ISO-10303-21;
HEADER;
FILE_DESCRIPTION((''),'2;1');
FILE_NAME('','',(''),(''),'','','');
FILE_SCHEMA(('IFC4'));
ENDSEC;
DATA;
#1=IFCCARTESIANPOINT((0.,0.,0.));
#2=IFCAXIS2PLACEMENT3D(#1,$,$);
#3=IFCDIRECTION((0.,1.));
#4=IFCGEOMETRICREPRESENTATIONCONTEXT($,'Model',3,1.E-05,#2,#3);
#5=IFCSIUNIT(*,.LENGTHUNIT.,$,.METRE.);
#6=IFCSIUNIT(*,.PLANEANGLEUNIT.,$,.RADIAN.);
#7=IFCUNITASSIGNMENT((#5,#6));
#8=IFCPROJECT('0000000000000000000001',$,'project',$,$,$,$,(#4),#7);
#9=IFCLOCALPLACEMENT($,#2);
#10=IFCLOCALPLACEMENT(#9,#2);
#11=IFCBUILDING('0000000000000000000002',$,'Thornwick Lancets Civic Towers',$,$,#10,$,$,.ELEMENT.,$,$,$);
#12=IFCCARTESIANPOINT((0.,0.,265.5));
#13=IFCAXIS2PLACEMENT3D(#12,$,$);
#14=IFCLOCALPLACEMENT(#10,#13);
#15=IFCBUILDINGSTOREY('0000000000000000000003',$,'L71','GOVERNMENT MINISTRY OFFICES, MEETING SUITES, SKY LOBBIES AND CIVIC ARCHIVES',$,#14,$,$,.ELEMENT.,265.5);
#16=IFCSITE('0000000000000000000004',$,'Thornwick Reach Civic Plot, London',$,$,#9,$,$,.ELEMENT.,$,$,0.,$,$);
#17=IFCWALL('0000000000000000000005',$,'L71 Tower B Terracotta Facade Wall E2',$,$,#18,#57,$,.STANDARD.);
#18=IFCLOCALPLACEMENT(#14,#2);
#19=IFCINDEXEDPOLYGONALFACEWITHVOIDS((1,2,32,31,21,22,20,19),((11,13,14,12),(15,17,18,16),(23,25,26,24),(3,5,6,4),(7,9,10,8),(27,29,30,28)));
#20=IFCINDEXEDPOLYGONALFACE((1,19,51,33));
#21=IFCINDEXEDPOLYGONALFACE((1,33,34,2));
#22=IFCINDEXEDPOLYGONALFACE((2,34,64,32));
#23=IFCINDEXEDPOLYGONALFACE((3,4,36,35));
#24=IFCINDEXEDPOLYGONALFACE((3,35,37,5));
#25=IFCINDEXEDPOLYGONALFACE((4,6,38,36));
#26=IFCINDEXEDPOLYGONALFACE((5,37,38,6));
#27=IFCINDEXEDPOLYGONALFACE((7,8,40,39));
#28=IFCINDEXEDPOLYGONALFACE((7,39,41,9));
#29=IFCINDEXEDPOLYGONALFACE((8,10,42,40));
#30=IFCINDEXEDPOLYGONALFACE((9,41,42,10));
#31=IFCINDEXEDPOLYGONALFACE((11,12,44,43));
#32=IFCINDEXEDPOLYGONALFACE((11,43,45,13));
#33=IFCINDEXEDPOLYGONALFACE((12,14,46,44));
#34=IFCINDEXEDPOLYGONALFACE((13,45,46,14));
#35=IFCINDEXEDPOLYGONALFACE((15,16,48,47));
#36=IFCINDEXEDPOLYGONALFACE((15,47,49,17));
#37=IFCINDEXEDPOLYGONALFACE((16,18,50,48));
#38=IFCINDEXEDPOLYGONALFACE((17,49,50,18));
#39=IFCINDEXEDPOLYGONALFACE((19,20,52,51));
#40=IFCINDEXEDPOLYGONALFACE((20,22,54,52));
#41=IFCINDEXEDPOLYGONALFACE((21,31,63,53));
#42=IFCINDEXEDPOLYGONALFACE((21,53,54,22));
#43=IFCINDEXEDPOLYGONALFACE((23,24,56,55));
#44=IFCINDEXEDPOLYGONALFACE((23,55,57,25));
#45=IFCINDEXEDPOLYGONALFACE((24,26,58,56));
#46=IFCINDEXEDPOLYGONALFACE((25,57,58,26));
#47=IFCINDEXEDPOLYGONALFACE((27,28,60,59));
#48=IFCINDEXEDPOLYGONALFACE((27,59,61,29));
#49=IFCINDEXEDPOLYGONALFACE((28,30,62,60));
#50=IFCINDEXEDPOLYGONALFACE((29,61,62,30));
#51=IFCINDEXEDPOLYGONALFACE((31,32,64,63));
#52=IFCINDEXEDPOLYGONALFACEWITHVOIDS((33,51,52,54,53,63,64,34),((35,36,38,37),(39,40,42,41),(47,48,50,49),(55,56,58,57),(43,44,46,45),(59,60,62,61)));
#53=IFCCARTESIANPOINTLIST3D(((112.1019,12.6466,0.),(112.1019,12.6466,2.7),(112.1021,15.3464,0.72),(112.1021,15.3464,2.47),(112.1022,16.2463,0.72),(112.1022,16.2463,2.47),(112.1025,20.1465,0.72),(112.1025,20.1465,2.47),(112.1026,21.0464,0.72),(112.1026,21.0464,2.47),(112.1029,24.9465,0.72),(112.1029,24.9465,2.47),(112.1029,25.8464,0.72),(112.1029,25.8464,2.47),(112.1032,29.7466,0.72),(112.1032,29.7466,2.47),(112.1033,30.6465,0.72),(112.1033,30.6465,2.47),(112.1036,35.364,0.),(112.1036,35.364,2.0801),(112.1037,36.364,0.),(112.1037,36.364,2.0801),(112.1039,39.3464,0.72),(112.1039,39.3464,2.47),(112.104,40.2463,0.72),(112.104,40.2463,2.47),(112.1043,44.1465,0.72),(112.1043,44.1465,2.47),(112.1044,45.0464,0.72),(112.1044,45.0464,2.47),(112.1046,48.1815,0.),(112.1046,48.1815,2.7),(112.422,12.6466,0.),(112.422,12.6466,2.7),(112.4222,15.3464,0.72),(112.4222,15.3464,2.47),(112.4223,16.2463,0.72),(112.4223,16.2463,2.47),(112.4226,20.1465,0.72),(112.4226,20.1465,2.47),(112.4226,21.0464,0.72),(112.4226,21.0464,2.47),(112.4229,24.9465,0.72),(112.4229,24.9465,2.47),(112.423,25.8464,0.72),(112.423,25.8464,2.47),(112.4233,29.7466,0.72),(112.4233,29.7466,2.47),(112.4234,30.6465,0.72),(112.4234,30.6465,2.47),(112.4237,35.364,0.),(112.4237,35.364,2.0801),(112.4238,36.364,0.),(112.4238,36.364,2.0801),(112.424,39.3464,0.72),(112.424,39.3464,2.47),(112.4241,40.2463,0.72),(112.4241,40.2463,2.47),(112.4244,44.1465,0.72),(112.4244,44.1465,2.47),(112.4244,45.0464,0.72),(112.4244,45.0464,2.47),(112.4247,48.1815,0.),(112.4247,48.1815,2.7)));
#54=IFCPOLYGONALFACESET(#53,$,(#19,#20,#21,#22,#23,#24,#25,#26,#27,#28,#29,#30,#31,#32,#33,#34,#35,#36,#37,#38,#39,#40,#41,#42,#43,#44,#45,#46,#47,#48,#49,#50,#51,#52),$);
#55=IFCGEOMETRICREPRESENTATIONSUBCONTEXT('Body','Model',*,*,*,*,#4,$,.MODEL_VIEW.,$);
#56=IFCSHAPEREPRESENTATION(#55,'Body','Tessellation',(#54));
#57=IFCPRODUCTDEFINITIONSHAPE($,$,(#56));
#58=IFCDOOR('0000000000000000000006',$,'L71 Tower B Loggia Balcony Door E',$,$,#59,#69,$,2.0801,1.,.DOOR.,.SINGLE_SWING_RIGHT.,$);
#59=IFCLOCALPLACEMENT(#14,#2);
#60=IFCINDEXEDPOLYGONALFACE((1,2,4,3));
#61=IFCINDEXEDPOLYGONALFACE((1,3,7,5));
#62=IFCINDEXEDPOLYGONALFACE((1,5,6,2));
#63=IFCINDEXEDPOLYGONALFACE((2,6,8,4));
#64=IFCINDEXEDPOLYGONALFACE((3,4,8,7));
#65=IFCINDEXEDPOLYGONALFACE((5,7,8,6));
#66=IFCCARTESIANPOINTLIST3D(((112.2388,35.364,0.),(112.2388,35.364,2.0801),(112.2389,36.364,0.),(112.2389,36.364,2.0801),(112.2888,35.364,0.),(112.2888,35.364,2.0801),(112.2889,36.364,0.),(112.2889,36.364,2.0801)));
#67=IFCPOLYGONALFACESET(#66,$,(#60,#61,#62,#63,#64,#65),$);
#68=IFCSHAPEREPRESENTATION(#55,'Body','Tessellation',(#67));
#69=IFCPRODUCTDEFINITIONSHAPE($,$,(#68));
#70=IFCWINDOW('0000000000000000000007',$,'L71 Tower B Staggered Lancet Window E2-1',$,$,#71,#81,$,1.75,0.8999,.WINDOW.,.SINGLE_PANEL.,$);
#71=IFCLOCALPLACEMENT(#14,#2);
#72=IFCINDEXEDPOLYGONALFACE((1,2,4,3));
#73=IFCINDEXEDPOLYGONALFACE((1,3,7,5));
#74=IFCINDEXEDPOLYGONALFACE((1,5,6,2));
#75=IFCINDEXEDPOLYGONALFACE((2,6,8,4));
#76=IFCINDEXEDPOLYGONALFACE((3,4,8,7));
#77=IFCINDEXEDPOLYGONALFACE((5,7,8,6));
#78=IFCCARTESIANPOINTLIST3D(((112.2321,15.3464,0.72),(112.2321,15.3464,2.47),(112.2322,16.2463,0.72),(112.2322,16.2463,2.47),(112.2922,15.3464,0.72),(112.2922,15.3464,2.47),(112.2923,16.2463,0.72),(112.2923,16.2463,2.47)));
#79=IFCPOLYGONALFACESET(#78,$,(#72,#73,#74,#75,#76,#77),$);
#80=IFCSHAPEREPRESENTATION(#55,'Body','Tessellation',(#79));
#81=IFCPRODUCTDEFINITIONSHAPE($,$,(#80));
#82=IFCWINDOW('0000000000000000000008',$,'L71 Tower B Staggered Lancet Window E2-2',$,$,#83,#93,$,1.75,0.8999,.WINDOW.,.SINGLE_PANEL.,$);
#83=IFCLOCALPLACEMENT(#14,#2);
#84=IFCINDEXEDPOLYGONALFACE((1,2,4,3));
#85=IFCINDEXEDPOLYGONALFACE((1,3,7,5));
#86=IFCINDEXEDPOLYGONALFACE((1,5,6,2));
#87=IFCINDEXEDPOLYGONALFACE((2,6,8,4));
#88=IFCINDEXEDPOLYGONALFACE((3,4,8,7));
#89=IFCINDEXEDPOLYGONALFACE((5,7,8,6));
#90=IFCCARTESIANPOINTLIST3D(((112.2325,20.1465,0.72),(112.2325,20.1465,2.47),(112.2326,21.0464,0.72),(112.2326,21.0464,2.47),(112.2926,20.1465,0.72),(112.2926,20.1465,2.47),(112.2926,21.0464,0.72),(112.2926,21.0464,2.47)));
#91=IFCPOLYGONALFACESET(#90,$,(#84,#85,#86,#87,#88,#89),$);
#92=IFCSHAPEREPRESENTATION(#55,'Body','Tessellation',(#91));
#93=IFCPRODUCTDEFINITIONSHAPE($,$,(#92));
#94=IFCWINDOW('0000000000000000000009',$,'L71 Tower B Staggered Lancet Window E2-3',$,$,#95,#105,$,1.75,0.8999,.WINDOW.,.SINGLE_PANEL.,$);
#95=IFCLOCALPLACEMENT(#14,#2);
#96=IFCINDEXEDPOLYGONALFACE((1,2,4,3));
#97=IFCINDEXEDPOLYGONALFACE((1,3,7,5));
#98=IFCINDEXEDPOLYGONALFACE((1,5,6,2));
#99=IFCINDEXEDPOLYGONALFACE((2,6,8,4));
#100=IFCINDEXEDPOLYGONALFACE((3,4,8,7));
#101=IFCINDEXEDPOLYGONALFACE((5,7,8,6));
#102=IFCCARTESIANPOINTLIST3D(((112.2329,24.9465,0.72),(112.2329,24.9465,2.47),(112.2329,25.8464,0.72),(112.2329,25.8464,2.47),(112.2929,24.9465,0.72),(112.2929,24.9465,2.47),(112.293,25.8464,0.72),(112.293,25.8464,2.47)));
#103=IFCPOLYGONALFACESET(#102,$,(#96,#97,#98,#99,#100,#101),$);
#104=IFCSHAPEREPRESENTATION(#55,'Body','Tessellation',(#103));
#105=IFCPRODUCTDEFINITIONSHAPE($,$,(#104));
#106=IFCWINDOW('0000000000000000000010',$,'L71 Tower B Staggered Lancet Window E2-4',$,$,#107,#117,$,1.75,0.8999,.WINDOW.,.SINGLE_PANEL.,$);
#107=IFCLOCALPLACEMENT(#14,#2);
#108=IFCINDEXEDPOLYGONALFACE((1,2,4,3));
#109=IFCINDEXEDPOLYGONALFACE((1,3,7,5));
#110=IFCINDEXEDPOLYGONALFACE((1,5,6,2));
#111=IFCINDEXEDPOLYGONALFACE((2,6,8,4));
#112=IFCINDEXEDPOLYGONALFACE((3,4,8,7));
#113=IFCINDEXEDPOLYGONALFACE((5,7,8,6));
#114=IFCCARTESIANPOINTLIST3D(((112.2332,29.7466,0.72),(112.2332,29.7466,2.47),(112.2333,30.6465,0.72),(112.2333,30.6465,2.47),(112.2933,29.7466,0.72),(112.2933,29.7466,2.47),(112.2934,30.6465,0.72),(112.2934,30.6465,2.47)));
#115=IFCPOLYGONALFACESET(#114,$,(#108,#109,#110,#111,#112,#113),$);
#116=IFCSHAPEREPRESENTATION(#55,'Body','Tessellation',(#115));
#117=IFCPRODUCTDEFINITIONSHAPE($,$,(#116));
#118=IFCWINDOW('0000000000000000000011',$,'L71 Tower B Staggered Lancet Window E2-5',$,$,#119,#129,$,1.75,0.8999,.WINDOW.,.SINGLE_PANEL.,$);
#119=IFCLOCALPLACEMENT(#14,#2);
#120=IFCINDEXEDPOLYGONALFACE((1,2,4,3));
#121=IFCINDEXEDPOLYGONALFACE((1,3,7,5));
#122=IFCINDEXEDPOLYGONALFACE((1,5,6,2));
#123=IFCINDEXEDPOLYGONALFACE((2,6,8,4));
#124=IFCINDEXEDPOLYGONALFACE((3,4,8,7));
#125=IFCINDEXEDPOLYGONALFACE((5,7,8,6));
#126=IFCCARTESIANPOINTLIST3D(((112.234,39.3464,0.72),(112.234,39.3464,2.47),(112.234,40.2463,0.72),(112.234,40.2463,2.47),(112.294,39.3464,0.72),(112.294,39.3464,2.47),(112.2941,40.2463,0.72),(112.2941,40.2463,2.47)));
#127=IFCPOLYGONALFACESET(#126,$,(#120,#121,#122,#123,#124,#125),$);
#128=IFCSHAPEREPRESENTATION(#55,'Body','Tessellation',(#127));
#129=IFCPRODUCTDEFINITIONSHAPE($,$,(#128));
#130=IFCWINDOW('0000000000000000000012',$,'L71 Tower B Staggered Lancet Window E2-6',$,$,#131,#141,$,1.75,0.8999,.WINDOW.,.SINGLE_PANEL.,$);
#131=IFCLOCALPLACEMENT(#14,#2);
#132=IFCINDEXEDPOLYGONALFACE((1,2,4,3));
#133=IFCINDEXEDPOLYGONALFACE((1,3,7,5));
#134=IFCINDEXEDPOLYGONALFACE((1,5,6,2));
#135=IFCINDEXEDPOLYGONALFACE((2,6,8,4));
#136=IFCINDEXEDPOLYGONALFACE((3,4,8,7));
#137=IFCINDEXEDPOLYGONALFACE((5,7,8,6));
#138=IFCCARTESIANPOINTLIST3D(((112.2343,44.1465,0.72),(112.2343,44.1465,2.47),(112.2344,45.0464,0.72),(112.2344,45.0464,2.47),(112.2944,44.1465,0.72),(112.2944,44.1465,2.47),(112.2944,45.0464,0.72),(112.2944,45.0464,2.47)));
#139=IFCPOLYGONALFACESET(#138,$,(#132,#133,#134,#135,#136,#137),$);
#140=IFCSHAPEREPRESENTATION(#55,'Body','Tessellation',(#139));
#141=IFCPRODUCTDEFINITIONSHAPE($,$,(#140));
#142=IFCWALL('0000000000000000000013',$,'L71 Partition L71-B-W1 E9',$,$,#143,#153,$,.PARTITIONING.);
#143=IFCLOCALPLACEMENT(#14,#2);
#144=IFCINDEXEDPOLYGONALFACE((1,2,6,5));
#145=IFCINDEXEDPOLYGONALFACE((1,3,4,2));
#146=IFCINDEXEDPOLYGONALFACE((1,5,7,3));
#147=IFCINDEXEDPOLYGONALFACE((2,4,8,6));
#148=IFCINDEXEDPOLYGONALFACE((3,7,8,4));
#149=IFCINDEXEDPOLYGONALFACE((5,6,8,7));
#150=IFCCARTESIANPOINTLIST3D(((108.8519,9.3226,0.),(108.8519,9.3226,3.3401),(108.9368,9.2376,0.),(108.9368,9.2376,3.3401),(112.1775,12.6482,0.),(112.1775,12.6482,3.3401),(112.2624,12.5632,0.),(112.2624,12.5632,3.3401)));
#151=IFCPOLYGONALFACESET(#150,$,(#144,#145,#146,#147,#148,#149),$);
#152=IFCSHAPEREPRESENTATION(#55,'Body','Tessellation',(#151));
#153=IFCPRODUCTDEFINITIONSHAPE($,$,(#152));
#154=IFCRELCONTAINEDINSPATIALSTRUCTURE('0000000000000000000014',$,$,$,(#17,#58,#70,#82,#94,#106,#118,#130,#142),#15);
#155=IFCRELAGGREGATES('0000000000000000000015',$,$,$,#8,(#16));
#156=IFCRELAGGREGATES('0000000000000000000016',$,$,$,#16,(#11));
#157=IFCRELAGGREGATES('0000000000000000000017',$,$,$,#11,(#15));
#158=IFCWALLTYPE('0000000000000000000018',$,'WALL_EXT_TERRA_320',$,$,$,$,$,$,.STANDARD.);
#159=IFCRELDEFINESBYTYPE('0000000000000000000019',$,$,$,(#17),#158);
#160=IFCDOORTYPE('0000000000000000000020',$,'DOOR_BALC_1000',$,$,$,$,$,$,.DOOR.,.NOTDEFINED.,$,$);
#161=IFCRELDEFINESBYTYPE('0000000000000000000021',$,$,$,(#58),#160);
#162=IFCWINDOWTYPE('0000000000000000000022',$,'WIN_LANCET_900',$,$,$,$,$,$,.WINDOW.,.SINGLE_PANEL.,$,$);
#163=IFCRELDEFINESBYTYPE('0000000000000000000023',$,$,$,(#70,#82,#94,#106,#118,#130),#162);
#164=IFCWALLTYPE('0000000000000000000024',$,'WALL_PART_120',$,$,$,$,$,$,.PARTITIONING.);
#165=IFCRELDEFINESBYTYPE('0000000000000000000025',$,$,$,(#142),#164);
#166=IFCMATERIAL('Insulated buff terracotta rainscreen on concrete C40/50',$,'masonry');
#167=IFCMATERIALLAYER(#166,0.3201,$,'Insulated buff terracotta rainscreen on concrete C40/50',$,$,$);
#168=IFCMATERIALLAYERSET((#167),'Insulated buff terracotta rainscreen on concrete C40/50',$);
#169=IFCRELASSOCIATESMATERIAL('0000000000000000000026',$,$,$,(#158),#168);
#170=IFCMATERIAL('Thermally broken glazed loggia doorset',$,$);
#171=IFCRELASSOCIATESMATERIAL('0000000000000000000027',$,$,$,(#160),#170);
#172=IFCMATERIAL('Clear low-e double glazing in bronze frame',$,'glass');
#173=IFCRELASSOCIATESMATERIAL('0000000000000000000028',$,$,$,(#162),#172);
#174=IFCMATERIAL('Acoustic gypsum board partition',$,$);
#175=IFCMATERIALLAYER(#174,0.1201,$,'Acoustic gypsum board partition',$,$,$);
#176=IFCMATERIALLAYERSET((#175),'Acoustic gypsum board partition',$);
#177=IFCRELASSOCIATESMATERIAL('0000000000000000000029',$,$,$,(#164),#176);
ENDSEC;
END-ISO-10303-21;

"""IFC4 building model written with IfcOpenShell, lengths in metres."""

from ifc_helpers import new_model, si_unit, direction, frame, frame_2d, origin, place, context, subcontext, project, spatial, rectangle, extrude, material, layer, layer_set, type_object, element, fill, save


model = new_model("IFC4")

# Units and contexts
model_context = context("Model", 3, precision=1e-05, world=origin(), true_north=direction((0.0, 1.0)))
body_context = subcontext(model_context, "Body", "Model", "MODEL_VIEW")
ifc_project = project(units=[si_unit("LENGTHUNIT", "METRE"), si_unit("PLANEANGLEUNIT", "RADIAN")], contexts=[model_context])

# Site, building, storey
site_placement = place(None, origin())
site = spatial("IfcSite", under=ifc_project, at=site_placement, Name="Thornwick Reach Civic Plot, London", CompositionType="ELEMENT", RefElevation=0.0)
building_placement = place(site_placement, origin())
building = spatial("IfcBuilding", under=site, at=building_placement, Name="Thornwick Lancets Civic Towers", CompositionType="ELEMENT")
storey_placement = place(building_placement, frame((0.0, 0.0, 265.5)))
storey = spatial("IfcBuildingStorey", under=building, at=storey_placement, Name="L71", Description="GOVERNMENT MINISTRY OFFICES, MEETING SUITES, SKY LOBBIES AND CIVIC ARCHIVES", CompositionType="ELEMENT", Elevation=265.5)

# Wall, openings, door, windows
ifc_material_1 = material(Name="Insulated buff terracotta rainscreen on concrete C40/50", Category="masonry")
ifc_layer_1 = layer(ifc_material_1, 0.3201, Name="Insulated buff terracotta rainscreen on concrete C40/50")
ifc_layer_set_1 = layer_set([ifc_layer_1], Name="Insulated buff terracotta rainscreen on concrete C40/50")
wall_type_1 = type_object("IfcWallType", Name="WALL_EXT_TERRA_320", PredefinedType="STANDARD", material=ifc_layer_set_1)
wall_1_placement = place(storey_placement, frame((112.262, 12.6465, 0.0), z_axis=(0.0, 0.0, 1.0), x_axis=(0.000076, 1.0, 0.0)))
wall_1 = element("IfcWall", 1, at=wall_1_placement, inside=storey, type_object=wall_type_1, Name="L71 Tower B Terracotta Facade Wall E2", PredefinedType="STANDARD", context=body_context, shape_type="SweptSolid", body=[
    extrude(rectangle(XDim=35.5349, YDim=0.3201, at=frame_2d((17.7676, 0.0))), origin(), (0.0, 0.0, 1.0), 2.7),
])
opening_1_placement = place(wall_1_placement, frame((22.7175, 0.0, 0.0)))
opening_1 = element("IfcOpeningElement", 2, at=opening_1_placement, cuts=wall_1, PredefinedType="OPENING", context=body_context, shape_type="SweptSolid", body=[
    extrude(rectangle(XDim=1.0, YDim=2.0801, at=frame_2d((0.5, 1.04))), frame((0.0, 0.1699, 0.0), z_axis=(0.0, -1.0, 0.0), x_axis=(1.0, 0.0, 0.0)), (0.0, 0.0, 1.0), 0.3401),
])
opening_2_placement = place(wall_1_placement, frame((2.7, 0.0, 0.72)))
opening_2 = element("IfcOpeningElement", 3, at=opening_2_placement, cuts=wall_1, PredefinedType="OPENING", context=body_context, shape_type="SweptSolid", body=[
    extrude(rectangle(XDim=0.8999, YDim=1.75, at=frame_2d((0.45, 0.875))), frame((0.0, 0.1699, 0.0), z_axis=(0.0, -1.0, 0.0), x_axis=(1.0, 0.0, 0.0)), (0.0, 0.0, 1.0), 0.3401),
])
opening_3_placement = place(wall_1_placement, frame((7.5, 0.0, 0.72)))
opening_3 = element("IfcOpeningElement", 4, at=opening_3_placement, cuts=wall_1, PredefinedType="OPENING", context=body_context, shape_type="SweptSolid", body=[
    extrude(rectangle(XDim=0.8999, YDim=1.75, at=frame_2d((0.45, 0.875))), frame((0.0, 0.1699, 0.0), z_axis=(0.0, -1.0, 0.0), x_axis=(1.0, 0.0, 0.0)), (0.0, 0.0, 1.0), 0.3401),
])
opening_4_placement = place(wall_1_placement, frame((12.3, 0.0, 0.72)))
opening_4 = element("IfcOpeningElement", 5, at=opening_4_placement, cuts=wall_1, PredefinedType="OPENING", context=body_context, shape_type="SweptSolid", body=[
    extrude(rectangle(XDim=0.8999, YDim=1.75, at=frame_2d((0.45, 0.875))), frame((0.0, 0.1699, 0.0), z_axis=(0.0, -1.0, 0.0), x_axis=(1.0, 0.0, 0.0)), (0.0, 0.0, 1.0), 0.3401),
])
opening_5_placement = place(wall_1_placement, frame((17.1001, 0.0, 0.72)))
opening_5 = element("IfcOpeningElement", 6, at=opening_5_placement, cuts=wall_1, PredefinedType="OPENING", context=body_context, shape_type="SweptSolid", body=[
    extrude(rectangle(XDim=0.8999, YDim=1.75, at=frame_2d((0.45, 0.875))), frame((0.0, 0.1699, 0.0), z_axis=(0.0, -1.0, 0.0), x_axis=(1.0, 0.0, 0.0)), (0.0, 0.0, 1.0), 0.3401),
])
opening_6_placement = place(wall_1_placement, frame((26.7, 0.0, 0.72)))
opening_6 = element("IfcOpeningElement", 7, at=opening_6_placement, cuts=wall_1, PredefinedType="OPENING", context=body_context, shape_type="SweptSolid", body=[
    extrude(rectangle(XDim=0.8999, YDim=1.75, at=frame_2d((0.45, 0.875))), frame((0.0, 0.1699, 0.0), z_axis=(0.0, -1.0, 0.0), x_axis=(1.0, 0.0, 0.0)), (0.0, 0.0, 1.0), 0.3401),
])
opening_7_placement = place(wall_1_placement, frame((31.5, 0.0, 0.72)))
opening_7 = element("IfcOpeningElement", 8, at=opening_7_placement, cuts=wall_1, PredefinedType="OPENING", context=body_context, shape_type="SweptSolid", body=[
    extrude(rectangle(XDim=0.8999, YDim=1.75, at=frame_2d((0.45, 0.875))), frame((0.0, 0.1699, 0.0), z_axis=(0.0, -1.0, 0.0), x_axis=(1.0, 0.0, 0.0)), (0.0, 0.0, 1.0), 0.3401),
])
ifc_material_2 = material(Name="Thermally broken glazed loggia doorset")
door_type = type_object("IfcDoorType", Name="DOOR_BALC_1000", OperationType="NOTDEFINED", PredefinedType="DOOR", material=ifc_material_2)
door_placement = place(opening_1_placement, origin())
door = element("IfcDoor", 9, at=door_placement, inside=storey, type_object=door_type, Name="L71 Tower B Loggia Balcony Door E", OperationType="SINGLE_SWING_RIGHT", OverallHeight=2.0801, OverallWidth=1.0, PredefinedType="DOOR", context=body_context, shape_type="SweptSolid", body=[
    extrude(rectangle(XDim=1.0, YDim=2.0801, at=frame_2d((0.5, 1.04))), frame((0.0, 0.0249, 0.0), z_axis=(0.0, -1.0, 0.0), x_axis=(1.0, 0.0, 0.0)), (0.0, 0.0, 1.0), 0.05),
])
fill(opening_1, door)
ifc_material_3 = material(Name="Clear low-e double glazing in bronze frame", Category="glass")
window_type = type_object("IfcWindowType", Name="WIN_LANCET_900", PartitioningType="SINGLE_PANEL", PredefinedType="WINDOW", material=ifc_material_3)
window_1_placement = place(opening_2_placement, origin())
window_1 = element("IfcWindow", 10, at=window_1_placement, inside=storey, type_object=window_type, Name="L71 Tower B Staggered Lancet Window E2-1", OverallHeight=1.75, OverallWidth=0.8999, PartitioningType="SINGLE_PANEL", PredefinedType="WINDOW", context=body_context, shape_type="SweptSolid", body=[
    extrude(rectangle(XDim=0.8999, YDim=1.75, at=frame_2d((0.45, 0.875))), frame((0.0, 0.03, 0.0), z_axis=(0.0, -1.0, 0.0), x_axis=(1.0, 0.0, 0.0)), (0.0, 0.0, 1.0), 0.0601),
])
fill(opening_2, window_1)
window_2_placement = place(opening_3_placement, origin())
window_2 = element("IfcWindow", 11, at=window_2_placement, inside=storey, type_object=window_type, Name="L71 Tower B Staggered Lancet Window E2-2", OverallHeight=1.75, OverallWidth=0.8999, PartitioningType="SINGLE_PANEL", PredefinedType="WINDOW", context=body_context, shape_type="SweptSolid", body=[
    extrude(rectangle(XDim=0.8999, YDim=1.75, at=frame_2d((0.45, 0.875))), frame((0.0, 0.03, 0.0), z_axis=(0.0, -1.0, 0.0), x_axis=(1.0, 0.0, 0.0)), (0.0, 0.0, 1.0), 0.0601),
])
fill(opening_3, window_2)
window_3_placement = place(opening_4_placement, origin())
window_3 = element("IfcWindow", 12, at=window_3_placement, inside=storey, type_object=window_type, Name="L71 Tower B Staggered Lancet Window E2-3", OverallHeight=1.75, OverallWidth=0.8999, PartitioningType="SINGLE_PANEL", PredefinedType="WINDOW", context=body_context, shape_type="SweptSolid", body=[
    extrude(rectangle(XDim=0.8999, YDim=1.75, at=frame_2d((0.45, 0.875))), frame((0.0, 0.03, 0.0), z_axis=(0.0, -1.0, 0.0), x_axis=(1.0, 0.0, 0.0)), (0.0, 0.0, 1.0), 0.0601),
])
fill(opening_4, window_3)
window_4_placement = place(opening_5_placement, origin())
window_4 = element("IfcWindow", 13, at=window_4_placement, inside=storey, type_object=window_type, Name="L71 Tower B Staggered Lancet Window E2-4", OverallHeight=1.75, OverallWidth=0.8999, PartitioningType="SINGLE_PANEL", PredefinedType="WINDOW", context=body_context, shape_type="SweptSolid", body=[
    extrude(rectangle(XDim=0.8999, YDim=1.75, at=frame_2d((0.45, 0.875))), frame((0.0, 0.03, 0.0), z_axis=(0.0, -1.0, 0.0), x_axis=(1.0, 0.0, 0.0)), (0.0, 0.0, 1.0), 0.0601),
])
fill(opening_5, window_4)
window_5_placement = place(opening_6_placement, origin())
window_5 = element("IfcWindow", 14, at=window_5_placement, inside=storey, type_object=window_type, Name="L71 Tower B Staggered Lancet Window E2-5", OverallHeight=1.75, OverallWidth=0.8999, PartitioningType="SINGLE_PANEL", PredefinedType="WINDOW", context=body_context, shape_type="SweptSolid", body=[
    extrude(rectangle(XDim=0.8999, YDim=1.75, at=frame_2d((0.45, 0.875))), frame((0.0, 0.03, 0.0), z_axis=(0.0, -1.0, 0.0), x_axis=(1.0, 0.0, 0.0)), (0.0, 0.0, 1.0), 0.0601),
])
fill(opening_6, window_5)
window_6_placement = place(opening_7_placement, origin())
window_6 = element("IfcWindow", 15, at=window_6_placement, inside=storey, type_object=window_type, Name="L71 Tower B Staggered Lancet Window E2-6", OverallHeight=1.75, OverallWidth=0.8999, PartitioningType="SINGLE_PANEL", PredefinedType="WINDOW", context=body_context, shape_type="SweptSolid", body=[
    extrude(rectangle(XDim=0.8999, YDim=1.75, at=frame_2d((0.45, 0.875))), frame((0.0, 0.03, 0.0), z_axis=(0.0, -1.0, 0.0), x_axis=(1.0, 0.0, 0.0)), (0.0, 0.0, 1.0), 0.0601),
])
fill(opening_7, window_6)

# Wall
ifc_material_4 = material(Name="Acoustic gypsum board partition")
ifc_layer_2 = layer(ifc_material_4, 0.1201, Name="Acoustic gypsum board partition")
ifc_layer_set_2 = layer_set([ifc_layer_2], Name="Acoustic gypsum board partition")
wall_type_2 = type_object("IfcWallType", Name="WALL_PART_120", PredefinedType="PARTITIONING", material=ifc_layer_set_2)
wall_2_placement = place(storey_placement, frame((112.22, 12.6057, 0.0), z_axis=(0.0, 0.0, 1.0), x_axis=(-0.707107, -0.707107, 0.0)))
element("IfcWall", 16, at=wall_2_placement, inside=storey, type_object=wall_type_2, Name="L71 Partition L71-B-W1 E9", PredefinedType="PARTITIONING", context=body_context, shape_type="SweptSolid", body=[
    extrude(rectangle(XDim=4.7031, YDim=0.1201, at=frame_2d((2.3516, 0.0))), origin(), (0.0, 0.0, 1.0), 3.3401),
])

save(model, "model.ifc")
